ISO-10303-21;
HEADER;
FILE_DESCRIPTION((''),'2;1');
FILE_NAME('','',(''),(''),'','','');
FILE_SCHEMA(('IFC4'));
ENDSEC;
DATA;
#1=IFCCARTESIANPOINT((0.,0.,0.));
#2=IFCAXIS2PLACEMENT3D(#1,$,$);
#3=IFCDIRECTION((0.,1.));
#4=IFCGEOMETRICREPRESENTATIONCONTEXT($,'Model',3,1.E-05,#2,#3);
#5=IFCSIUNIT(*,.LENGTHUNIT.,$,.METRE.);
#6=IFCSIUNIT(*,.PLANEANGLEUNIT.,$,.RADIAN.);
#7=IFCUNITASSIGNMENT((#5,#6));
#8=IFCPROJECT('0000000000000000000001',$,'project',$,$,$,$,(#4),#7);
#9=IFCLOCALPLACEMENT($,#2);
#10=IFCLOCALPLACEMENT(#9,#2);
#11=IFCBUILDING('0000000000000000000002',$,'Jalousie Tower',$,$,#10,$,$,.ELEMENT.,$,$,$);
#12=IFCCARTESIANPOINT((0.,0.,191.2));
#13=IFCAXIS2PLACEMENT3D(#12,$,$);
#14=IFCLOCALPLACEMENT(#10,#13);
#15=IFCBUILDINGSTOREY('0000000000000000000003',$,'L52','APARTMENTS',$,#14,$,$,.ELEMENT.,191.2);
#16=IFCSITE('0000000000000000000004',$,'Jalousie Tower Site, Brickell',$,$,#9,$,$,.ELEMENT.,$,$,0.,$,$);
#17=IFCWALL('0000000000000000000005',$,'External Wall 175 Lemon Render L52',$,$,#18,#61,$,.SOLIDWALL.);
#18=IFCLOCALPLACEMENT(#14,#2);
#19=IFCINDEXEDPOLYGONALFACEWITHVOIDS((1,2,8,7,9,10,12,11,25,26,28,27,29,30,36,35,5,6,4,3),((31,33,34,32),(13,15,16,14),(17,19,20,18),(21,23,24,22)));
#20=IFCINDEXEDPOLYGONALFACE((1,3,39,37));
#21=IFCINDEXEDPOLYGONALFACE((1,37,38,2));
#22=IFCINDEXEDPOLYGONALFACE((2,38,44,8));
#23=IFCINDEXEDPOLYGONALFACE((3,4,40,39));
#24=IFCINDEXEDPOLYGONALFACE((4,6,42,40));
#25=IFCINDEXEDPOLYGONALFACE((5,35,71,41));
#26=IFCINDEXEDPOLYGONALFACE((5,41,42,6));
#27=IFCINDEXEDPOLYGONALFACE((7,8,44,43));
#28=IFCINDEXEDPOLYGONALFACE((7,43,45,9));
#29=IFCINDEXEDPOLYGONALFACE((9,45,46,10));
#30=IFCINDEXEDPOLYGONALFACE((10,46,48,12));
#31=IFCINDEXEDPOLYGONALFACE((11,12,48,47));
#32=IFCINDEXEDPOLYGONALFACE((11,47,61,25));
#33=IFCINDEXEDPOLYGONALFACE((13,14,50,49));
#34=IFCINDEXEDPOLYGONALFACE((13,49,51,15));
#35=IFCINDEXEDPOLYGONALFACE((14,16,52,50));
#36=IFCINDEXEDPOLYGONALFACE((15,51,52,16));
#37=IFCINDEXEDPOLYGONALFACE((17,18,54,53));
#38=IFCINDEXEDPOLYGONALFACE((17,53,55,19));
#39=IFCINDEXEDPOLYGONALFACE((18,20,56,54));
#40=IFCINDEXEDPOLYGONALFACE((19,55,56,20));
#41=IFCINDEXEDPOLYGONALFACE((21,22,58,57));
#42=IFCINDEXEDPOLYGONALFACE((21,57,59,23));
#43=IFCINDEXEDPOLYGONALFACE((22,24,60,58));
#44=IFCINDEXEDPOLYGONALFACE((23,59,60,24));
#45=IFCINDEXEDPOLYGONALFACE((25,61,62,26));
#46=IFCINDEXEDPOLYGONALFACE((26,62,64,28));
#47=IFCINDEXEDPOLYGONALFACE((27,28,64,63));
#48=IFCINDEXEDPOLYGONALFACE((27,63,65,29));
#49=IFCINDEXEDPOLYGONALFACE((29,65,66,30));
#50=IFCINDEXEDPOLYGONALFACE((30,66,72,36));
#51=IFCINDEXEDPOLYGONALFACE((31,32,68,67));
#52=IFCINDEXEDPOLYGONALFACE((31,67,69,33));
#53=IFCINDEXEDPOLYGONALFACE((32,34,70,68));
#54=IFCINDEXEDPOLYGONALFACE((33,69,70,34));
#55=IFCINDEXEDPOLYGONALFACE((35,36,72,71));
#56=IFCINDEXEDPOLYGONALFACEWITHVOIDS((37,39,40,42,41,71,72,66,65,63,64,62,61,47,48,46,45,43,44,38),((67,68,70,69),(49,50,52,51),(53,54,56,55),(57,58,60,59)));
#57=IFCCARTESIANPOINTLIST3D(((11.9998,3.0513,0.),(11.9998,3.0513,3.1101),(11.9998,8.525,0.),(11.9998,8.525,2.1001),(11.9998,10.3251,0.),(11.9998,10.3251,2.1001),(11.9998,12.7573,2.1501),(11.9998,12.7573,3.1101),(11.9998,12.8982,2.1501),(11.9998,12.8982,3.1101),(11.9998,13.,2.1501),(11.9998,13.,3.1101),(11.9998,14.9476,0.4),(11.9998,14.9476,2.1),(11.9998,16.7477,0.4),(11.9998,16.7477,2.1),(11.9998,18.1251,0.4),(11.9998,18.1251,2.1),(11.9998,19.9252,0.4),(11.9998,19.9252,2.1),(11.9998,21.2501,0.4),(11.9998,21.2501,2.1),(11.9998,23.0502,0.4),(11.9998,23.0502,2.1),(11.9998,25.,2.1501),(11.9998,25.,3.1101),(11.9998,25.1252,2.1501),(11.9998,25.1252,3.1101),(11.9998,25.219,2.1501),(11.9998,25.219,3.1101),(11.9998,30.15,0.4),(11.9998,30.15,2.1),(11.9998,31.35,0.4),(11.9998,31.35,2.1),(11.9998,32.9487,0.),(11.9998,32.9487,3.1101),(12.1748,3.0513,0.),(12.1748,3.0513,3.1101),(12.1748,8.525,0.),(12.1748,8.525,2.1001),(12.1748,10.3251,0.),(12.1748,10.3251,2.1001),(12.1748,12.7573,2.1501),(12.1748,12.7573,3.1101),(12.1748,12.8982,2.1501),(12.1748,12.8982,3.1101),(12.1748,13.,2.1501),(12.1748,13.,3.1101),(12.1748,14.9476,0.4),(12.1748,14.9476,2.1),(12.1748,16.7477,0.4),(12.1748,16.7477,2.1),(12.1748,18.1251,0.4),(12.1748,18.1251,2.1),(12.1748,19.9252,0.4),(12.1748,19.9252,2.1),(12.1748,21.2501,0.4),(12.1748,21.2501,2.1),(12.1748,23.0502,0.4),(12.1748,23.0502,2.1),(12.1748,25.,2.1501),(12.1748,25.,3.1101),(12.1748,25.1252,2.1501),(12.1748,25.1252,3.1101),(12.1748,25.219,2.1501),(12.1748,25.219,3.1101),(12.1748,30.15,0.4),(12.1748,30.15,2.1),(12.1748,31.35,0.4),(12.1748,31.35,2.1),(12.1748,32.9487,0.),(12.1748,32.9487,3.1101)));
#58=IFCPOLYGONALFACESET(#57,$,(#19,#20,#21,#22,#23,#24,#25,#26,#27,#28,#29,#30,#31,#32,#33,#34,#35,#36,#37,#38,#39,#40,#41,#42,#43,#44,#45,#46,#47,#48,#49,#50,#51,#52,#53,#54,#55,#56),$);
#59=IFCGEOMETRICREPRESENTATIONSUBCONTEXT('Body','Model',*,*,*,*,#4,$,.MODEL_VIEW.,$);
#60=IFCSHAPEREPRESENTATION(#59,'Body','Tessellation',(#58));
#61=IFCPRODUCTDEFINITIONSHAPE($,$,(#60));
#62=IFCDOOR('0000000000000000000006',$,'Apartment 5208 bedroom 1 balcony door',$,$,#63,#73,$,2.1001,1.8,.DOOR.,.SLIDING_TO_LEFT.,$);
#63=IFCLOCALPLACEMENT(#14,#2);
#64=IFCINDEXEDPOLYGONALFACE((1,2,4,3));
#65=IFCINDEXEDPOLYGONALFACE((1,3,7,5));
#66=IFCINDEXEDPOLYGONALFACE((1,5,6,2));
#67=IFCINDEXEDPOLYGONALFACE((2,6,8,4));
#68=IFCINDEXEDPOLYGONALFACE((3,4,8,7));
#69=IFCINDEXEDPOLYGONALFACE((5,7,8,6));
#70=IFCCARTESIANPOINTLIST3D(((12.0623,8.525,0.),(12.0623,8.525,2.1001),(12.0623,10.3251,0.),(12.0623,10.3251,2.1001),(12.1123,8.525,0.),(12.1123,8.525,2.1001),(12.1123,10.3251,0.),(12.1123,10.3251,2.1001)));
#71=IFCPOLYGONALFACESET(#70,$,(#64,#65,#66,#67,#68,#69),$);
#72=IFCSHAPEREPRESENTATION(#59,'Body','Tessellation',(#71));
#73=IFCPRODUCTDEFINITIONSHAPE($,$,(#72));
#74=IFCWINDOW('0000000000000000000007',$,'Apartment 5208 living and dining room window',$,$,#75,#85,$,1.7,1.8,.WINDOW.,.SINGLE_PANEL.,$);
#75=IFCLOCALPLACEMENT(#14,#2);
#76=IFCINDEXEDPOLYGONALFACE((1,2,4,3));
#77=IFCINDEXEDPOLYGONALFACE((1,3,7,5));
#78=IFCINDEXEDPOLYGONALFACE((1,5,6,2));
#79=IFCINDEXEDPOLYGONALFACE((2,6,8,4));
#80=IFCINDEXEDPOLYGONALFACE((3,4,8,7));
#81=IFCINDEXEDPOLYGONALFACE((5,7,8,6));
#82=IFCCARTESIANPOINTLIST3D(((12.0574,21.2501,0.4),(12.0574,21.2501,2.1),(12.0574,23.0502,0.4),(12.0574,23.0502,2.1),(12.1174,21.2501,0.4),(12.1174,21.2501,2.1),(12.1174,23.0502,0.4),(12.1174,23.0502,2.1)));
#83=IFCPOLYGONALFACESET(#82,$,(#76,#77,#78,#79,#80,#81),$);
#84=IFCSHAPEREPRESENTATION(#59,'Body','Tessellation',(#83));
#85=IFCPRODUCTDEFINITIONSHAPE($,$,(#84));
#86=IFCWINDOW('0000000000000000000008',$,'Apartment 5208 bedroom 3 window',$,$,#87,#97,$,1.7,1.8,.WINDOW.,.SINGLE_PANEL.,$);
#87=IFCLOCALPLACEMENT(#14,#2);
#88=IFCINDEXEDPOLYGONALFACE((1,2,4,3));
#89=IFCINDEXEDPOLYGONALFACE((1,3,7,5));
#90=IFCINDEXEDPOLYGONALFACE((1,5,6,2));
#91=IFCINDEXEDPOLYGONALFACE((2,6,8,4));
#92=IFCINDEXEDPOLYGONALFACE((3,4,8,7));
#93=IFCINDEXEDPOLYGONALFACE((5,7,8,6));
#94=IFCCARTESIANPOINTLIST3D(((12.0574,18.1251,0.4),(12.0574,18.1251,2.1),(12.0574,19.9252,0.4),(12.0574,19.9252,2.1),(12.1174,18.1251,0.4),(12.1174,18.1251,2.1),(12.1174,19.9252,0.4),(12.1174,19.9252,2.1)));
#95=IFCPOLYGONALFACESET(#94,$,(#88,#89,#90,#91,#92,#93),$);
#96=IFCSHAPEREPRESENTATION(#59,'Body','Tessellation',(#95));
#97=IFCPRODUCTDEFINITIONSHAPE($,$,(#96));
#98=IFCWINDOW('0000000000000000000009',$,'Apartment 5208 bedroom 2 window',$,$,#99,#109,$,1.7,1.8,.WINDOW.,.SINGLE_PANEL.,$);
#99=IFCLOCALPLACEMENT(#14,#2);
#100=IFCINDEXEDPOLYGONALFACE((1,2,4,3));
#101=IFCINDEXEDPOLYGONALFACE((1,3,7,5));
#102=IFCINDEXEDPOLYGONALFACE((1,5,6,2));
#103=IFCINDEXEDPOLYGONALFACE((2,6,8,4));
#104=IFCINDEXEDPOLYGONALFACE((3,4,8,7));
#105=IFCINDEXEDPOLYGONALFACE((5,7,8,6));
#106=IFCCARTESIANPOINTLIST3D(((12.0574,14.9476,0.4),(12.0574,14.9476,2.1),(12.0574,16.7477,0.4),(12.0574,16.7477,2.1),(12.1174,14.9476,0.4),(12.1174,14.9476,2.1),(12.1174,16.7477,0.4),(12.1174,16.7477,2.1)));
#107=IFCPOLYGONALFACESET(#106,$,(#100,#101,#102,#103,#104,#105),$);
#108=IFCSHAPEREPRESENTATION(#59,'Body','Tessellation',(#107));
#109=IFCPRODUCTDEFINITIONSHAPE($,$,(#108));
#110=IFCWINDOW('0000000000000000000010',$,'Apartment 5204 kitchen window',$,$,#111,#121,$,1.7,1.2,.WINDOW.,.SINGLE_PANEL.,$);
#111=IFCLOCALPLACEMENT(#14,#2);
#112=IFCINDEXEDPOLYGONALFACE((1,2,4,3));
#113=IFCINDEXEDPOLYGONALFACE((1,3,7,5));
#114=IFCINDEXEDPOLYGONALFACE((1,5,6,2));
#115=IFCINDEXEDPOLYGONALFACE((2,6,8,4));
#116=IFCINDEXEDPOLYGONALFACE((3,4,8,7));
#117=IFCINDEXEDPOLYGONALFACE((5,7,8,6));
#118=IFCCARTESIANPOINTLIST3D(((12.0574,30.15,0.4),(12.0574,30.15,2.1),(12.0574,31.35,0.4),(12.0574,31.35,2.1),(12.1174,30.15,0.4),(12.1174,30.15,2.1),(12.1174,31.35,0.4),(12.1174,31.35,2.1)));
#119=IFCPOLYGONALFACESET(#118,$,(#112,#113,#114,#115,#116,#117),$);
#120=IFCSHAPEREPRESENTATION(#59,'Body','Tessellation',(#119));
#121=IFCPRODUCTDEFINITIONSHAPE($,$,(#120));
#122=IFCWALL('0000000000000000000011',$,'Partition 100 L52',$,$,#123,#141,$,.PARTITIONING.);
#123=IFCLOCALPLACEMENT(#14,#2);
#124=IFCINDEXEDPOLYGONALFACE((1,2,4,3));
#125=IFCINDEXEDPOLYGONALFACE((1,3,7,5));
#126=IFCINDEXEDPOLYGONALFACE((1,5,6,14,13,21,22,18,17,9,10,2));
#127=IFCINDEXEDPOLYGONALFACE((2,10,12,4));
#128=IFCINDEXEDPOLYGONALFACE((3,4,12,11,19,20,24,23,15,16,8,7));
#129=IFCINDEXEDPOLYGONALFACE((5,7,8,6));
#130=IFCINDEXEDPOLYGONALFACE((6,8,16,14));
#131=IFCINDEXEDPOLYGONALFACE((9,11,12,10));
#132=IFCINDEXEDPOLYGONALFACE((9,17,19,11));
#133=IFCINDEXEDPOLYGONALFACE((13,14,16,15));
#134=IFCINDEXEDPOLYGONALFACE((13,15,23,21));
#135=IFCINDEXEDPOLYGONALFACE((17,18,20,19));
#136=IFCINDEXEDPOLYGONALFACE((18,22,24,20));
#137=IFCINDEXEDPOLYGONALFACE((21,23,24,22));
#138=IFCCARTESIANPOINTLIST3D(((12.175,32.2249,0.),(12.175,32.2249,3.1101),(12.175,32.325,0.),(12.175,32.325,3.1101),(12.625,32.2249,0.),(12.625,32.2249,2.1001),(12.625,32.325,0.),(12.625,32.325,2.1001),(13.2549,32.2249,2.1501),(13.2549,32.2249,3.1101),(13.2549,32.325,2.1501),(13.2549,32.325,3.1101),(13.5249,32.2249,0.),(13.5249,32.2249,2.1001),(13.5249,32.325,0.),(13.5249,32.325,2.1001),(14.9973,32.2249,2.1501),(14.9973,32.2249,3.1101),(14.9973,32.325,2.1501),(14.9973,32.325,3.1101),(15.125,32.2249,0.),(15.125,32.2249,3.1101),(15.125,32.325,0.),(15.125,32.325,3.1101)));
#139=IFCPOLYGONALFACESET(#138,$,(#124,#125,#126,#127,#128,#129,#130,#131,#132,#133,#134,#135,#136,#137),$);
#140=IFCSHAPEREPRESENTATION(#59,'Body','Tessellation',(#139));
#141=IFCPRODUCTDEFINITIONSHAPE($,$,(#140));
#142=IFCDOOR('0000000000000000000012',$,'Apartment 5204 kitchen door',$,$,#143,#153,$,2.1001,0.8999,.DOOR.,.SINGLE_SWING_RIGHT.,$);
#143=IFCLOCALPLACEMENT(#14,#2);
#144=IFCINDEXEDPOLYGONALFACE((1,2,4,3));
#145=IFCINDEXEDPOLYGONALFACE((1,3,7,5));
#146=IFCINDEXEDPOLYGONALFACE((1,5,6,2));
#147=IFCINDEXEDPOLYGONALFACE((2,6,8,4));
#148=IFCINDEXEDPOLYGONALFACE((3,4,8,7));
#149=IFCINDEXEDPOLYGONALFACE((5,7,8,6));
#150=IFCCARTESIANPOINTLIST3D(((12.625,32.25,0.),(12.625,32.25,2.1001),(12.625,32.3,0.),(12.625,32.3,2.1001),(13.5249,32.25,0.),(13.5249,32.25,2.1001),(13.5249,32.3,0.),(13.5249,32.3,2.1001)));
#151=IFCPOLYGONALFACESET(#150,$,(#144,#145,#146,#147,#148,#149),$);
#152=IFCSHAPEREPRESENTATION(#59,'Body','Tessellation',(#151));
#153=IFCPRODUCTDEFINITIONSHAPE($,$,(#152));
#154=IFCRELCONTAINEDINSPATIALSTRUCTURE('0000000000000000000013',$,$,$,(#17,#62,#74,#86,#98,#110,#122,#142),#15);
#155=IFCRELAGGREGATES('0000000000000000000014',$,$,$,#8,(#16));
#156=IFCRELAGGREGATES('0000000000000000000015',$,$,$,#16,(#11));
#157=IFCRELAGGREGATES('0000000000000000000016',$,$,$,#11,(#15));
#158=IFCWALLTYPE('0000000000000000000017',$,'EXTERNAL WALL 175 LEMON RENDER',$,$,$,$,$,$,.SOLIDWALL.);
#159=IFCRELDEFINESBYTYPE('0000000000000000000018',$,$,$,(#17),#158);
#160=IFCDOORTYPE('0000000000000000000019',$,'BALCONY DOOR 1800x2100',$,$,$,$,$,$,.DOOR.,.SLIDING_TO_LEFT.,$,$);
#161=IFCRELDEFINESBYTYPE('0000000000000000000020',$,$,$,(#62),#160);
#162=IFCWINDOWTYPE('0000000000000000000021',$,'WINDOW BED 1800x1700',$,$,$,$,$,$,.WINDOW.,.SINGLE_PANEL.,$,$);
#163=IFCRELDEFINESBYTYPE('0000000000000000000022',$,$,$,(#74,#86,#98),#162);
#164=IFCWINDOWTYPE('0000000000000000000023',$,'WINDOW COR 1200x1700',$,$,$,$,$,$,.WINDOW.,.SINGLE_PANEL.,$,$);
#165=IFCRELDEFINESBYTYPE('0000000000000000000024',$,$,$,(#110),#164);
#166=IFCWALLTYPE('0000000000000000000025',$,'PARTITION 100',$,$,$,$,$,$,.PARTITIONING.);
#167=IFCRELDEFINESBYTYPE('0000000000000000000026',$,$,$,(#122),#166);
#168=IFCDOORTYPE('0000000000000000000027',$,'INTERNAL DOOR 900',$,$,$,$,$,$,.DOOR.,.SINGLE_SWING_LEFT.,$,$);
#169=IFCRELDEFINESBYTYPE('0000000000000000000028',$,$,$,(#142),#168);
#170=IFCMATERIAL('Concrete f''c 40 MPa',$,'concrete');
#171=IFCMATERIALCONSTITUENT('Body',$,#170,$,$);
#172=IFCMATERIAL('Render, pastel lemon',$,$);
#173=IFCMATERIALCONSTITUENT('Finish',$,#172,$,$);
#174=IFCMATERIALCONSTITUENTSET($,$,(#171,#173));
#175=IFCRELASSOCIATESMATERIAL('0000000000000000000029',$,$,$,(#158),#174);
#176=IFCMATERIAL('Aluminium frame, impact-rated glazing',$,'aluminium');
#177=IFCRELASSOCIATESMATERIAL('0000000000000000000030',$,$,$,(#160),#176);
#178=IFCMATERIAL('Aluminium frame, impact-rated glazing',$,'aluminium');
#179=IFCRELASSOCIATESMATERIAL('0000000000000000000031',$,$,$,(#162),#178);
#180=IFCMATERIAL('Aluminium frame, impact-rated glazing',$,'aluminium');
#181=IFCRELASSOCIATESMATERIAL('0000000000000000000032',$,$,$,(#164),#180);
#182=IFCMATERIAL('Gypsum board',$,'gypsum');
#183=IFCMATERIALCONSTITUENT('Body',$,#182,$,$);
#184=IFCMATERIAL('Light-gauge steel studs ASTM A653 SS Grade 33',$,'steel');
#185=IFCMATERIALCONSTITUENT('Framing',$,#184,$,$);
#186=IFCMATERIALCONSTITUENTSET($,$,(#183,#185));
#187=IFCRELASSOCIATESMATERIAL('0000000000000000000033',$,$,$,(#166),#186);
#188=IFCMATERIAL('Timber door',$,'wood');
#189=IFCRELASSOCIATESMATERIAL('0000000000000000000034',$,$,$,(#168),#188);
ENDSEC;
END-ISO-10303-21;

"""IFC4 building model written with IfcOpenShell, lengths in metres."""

from ifc_helpers import new_model, si_unit, direction, frame, frame_2d, origin, place, context, subcontext, project, spatial, polyline, rectangle, outline, extrude, material, constituent, constituent_set, type_object, element, fill, save


model = new_model("IFC4")

# Units and contexts
model_context = context("Model", 3, precision=1e-05, world=origin(), true_north=direction((0.0, 1.0)))
body_context = subcontext(model_context, "Body", "Model", "MODEL_VIEW")
ifc_project = project(units=[si_unit("LENGTHUNIT", "METRE"), si_unit("PLANEANGLEUNIT", "RADIAN")], contexts=[model_context])

# Site, building, storey
site_placement = place(None, origin())
site = spatial("IfcSite", under=ifc_project, at=site_placement, Name="Jalousie Tower Site, Brickell", CompositionType="ELEMENT", RefElevation=0.0)
building_placement = place(site_placement, origin())
building = spatial("IfcBuilding", under=site, at=building_placement, Name="Jalousie Tower", CompositionType="ELEMENT")
storey_placement = place(building_placement, frame((0.0, 0.0, 191.2)))
storey = spatial("IfcBuildingStorey", under=building, at=storey_placement, Name="L52", Description="APARTMENTS", CompositionType="ELEMENT", Elevation=191.2)

# Wall, openings, door, windows
ifc_material_1 = material(Name="Concrete f'c 40 MPa", Category="concrete")
ifc_constituent_1 = constituent(ifc_material_1, Name="Body")
ifc_material_2 = material(Name="Render, pastel lemon")
ifc_constituent_2 = constituent(ifc_material_2, Name="Finish")
ifc_constituent_set_1 = constituent_set(constituents=[ifc_constituent_1, ifc_constituent_2])
wall_type_1 = type_object("IfcWallType", Name="EXTERNAL WALL 175 LEMON RENDER", PredefinedType="SOLIDWALL", material=ifc_constituent_set_1)
wall_1_placement = place(storey_placement, frame((12.0874, 32.9487, 0.0), z_axis=(0.0, 0.0, 1.0), x_axis=(0.0, -1.0, 0.0)))
wall_1 = element("IfcWall", 1, at=wall_1_placement, inside=storey, type_object=wall_type_1, Name="External Wall 175 Lemon Render L52", PredefinedType="SOLIDWALL", context=body_context, shape_type="SweptSolid", body=[
    extrude(outline(polyline([(0.0, 0.0), (29.8975, 0.0), (29.8975, 3.1101), (20.1914, 3.1101), (20.1914, 2.1501), (20.0505, 2.1501), (20.0505, 3.1101), (19.9487, 3.1101), (19.9487, 2.1501), (7.9487, 2.1501), (7.9487, 3.1101), (7.8235, 3.1101), (7.8235, 2.1501), (7.7297, 2.1501), (7.7297, 3.1101), (0.0, 3.1101), (0.0, 0.0)])), frame((0.0, 0.0874, 0.0), z_axis=(0.0, -1.0, 0.0), x_axis=(1.0, 0.0, 0.0)), (0.0, 0.0, 1.0), 0.175),
])
opening_1_placement = place(wall_1_placement, frame((1.5986, 0.0, 0.3999)))
opening_1 = element("IfcOpeningElement", 2, at=opening_1_placement, cuts=wall_1, PredefinedType="OPENING", context=body_context, shape_type="SweptSolid", body=[
    extrude(rectangle(XDim=1.2, YDim=1.7, at=frame_2d((0.6001, 0.8501))), frame((0.0, 0.0974, 0.0), z_axis=(0.0, -1.0, 0.0), x_axis=(1.0, 0.0, 0.0)), (0.0, 0.0, 1.0), 0.1951),
])
opening_2_placement = place(wall_1_placement, frame((9.8987, 0.0, 0.3999)))
opening_2 = element("IfcOpeningElement", 3, at=opening_2_placement, cuts=wall_1, PredefinedType="OPENING", context=body_context, shape_type="SweptSolid", body=[
    extrude(rectangle(XDim=1.8, YDim=1.7, at=frame_2d((0.8999, 0.8501))), frame((0.0, 0.0974, 0.0), z_axis=(0.0, -1.0, 0.0), x_axis=(1.0, 0.0, 0.0)), (0.0, 0.0, 1.0), 0.1951),
])
opening_3_placement = place(wall_1_placement, frame((13.0237, 0.0, 0.3999)))
opening_3 = element("IfcOpeningElement", 4, at=opening_3_placement, cuts=wall_1, PredefinedType="OPENING", context=body_context, shape_type="SweptSolid", body=[
    extrude(rectangle(XDim=1.8, YDim=1.7, at=frame_2d((0.8999, 0.8501))), frame((0.0, 0.0974, 0.0), z_axis=(0.0, -1.0, 0.0), x_axis=(1.0, 0.0, 0.0)), (0.0, 0.0, 1.0), 0.1951),
])
opening_4_placement = place(wall_1_placement, frame((16.2012, 0.0, 0.3999)))
opening_4 = element("IfcOpeningElement", 5, at=opening_4_placement, cuts=wall_1, PredefinedType="OPENING", context=body_context, shape_type="SweptSolid", body=[
    extrude(rectangle(XDim=1.8, YDim=1.7, at=frame_2d((0.8999, 0.8501))), frame((0.0, 0.0974, 0.0), z_axis=(0.0, -1.0, 0.0), x_axis=(1.0, 0.0, 0.0)), (0.0, 0.0, 1.0), 0.1951),
])
opening_5_placement = place(wall_1_placement, frame((22.6238, 0.0, 0.0)))
opening_5 = element("IfcOpeningElement", 6, at=opening_5_placement, cuts=wall_1, PredefinedType="OPENING", context=body_context, shape_type="SweptSolid", body=[
    extrude(rectangle(XDim=1.8, YDim=2.1001, at=frame_2d((0.8999, 1.05))), frame((0.0, 0.0974, 0.0), z_axis=(0.0, -1.0, 0.0), x_axis=(1.0, 0.0, 0.0)), (0.0, 0.0, 1.0), 0.1951),
])
ifc_material_3 = material(Name="Aluminium frame, impact-rated glazing", Category="aluminium")
door_type_1 = type_object("IfcDoorType", Name="BALCONY DOOR 1800x2100", OperationType="SLIDING_TO_LEFT", PredefinedType="DOOR", material=ifc_material_3)
door_1_placement = place(opening_5_placement, origin())
door_1 = element("IfcDoor", 7, at=door_1_placement, inside=storey, type_object=door_type_1, Name="Apartment 5208 bedroom 1 balcony door", OperationType="SLIDING_TO_LEFT", OverallHeight=2.1001, OverallWidth=1.8, PredefinedType="DOOR", context=body_context, shape_type="SweptSolid", body=[
    extrude(rectangle(XDim=1.8, YDim=2.1001, at=frame_2d((0.8999, 1.05))), frame((0.0, 0.0249, 0.0), z_axis=(0.0, -1.0, 0.0), x_axis=(1.0, 0.0, 0.0)), (0.0, 0.0, 1.0), 0.05),
])
fill(opening_5, door_1)
ifc_material_4 = material(Name="Aluminium frame, impact-rated glazing", Category="aluminium")
window_type_1 = type_object("IfcWindowType", Name="WINDOW BED 1800x1700", PartitioningType="SINGLE_PANEL", PredefinedType="WINDOW", material=ifc_material_4)
window_1_placement = place(opening_2_placement, origin())
window_1 = element("IfcWindow", 8, at=window_1_placement, inside=storey, type_object=window_type_1, Name="Apartment 5208 living and dining room window", OverallHeight=1.7, OverallWidth=1.8, PartitioningType="SINGLE_PANEL", PredefinedType="WINDOW", context=body_context, shape_type="SweptSolid", body=[
    extrude(rectangle(XDim=1.8, YDim=1.7, at=frame_2d((0.8999, 0.8501))), frame((0.0, 0.03, 0.0), z_axis=(0.0, -1.0, 0.0), x_axis=(1.0, 0.0, 0.0)), (0.0, 0.0, 1.0), 0.0601),
])
fill(opening_2, window_1)
window_2_placement = place(opening_3_placement, origin())
window_2 = element("IfcWindow", 9, at=window_2_placement, inside=storey, type_object=window_type_1, Name="Apartment 5208 bedroom 3 window", OverallHeight=1.7, OverallWidth=1.8, PartitioningType="SINGLE_PANEL", PredefinedType="WINDOW", context=body_context, shape_type="SweptSolid", body=[
    extrude(rectangle(XDim=1.8, YDim=1.7, at=frame_2d((0.8999, 0.8501))), frame((0.0, 0.03, 0.0), z_axis=(0.0, -1.0, 0.0), x_axis=(1.0, 0.0, 0.0)), (0.0, 0.0, 1.0), 0.0601),
])
fill(opening_3, window_2)
window_3_placement = place(opening_4_placement, origin())
window_3 = element("IfcWindow", 10, at=window_3_placement, inside=storey, type_object=window_type_1, Name="Apartment 5208 bedroom 2 window", OverallHeight=1.7, OverallWidth=1.8, PartitioningType="SINGLE_PANEL", PredefinedType="WINDOW", context=body_context, shape_type="SweptSolid", body=[
    extrude(rectangle(XDim=1.8, YDim=1.7, at=frame_2d((0.8999, 0.8501))), frame((0.0, 0.03, 0.0), z_axis=(0.0, -1.0, 0.0), x_axis=(1.0, 0.0, 0.0)), (0.0, 0.0, 1.0), 0.0601),
])
fill(opening_4, window_3)
ifc_material_5 = material(Name="Aluminium frame, impact-rated glazing", Category="aluminium")
window_type_2 = type_object("IfcWindowType", Name="WINDOW COR 1200x1700", PartitioningType="SINGLE_PANEL", PredefinedType="WINDOW", material=ifc_material_5)
window_4_placement = place(opening_1_placement, origin())
window_4 = element("IfcWindow", 11, at=window_4_placement, inside=storey, type_object=window_type_2, Name="Apartment 5204 kitchen window", OverallHeight=1.7, OverallWidth=1.2, PartitioningType="SINGLE_PANEL", PredefinedType="WINDOW", context=body_context, shape_type="SweptSolid", body=[
    extrude(rectangle(XDim=1.2, YDim=1.7, at=frame_2d((0.6001, 0.8501))), frame((0.0, 0.03, 0.0), z_axis=(0.0, -1.0, 0.0), x_axis=(1.0, 0.0, 0.0)), (0.0, 0.0, 1.0), 0.0601),
])
fill(opening_1, window_4)

# Wall, opening, door
ifc_material_6 = material(Name="Gypsum board", Category="gypsum")
ifc_constituent_3 = constituent(ifc_material_6, Name="Body")
ifc_material_7 = material(Name="Light-gauge steel studs ASTM A653 SS Grade 33", Category="steel")
ifc_constituent_4 = constituent(ifc_material_7, Name="Framing")
ifc_constituent_set_2 = constituent_set(constituents=[ifc_constituent_3, ifc_constituent_4])
wall_type_2 = type_object("IfcWallType", Name="PARTITION 100", PredefinedType="PARTITIONING", material=ifc_constituent_set_2)
wall_2_placement = place(storey_placement, frame((12.175, 32.2749, 0.0), z_axis=(0.0, 0.0, 1.0), x_axis=(1.0, 0.0, 0.0)))
wall_2 = element("IfcWall", 12, at=wall_2_placement, inside=storey, type_object=wall_type_2, Name="Partition 100 L52", PredefinedType="PARTITIONING", context=body_context, shape_type="SweptSolid", body=[
    extrude(outline(polyline([(0.0, 0.0), (2.95, 0.0), (2.95, 3.1101), (2.8223, 3.1101), (2.8223, 2.1501), (1.0798, 2.1501), (1.0798, 3.1101), (0.0, 3.1101), (0.0, 0.0)])), frame((0.0, 0.05, 0.0), z_axis=(0.0, -1.0, 0.0), x_axis=(1.0, 0.0, 0.0)), (0.0, 0.0, 1.0), 0.1001),
])
opening_6_placement = place(wall_2_placement, frame((0.45, 0.0, 0.0)))
opening_6 = element("IfcOpeningElement", 13, at=opening_6_placement, cuts=wall_2, PredefinedType="OPENING", context=body_context, shape_type="SweptSolid", body=[
    extrude(rectangle(XDim=0.8999, YDim=2.1001, at=frame_2d((0.45, 1.05))), frame((0.0, 0.0601, 0.0), z_axis=(0.0, -1.0, 0.0), x_axis=(1.0, 0.0, 0.0)), (0.0, 0.0, 1.0), 0.1201),
])
ifc_material_8 = material(Name="Timber door", Category="wood")
door_type_2 = type_object("IfcDoorType", Name="INTERNAL DOOR 900", OperationType="SINGLE_SWING_LEFT", PredefinedType="DOOR", material=ifc_material_8)
door_2_placement = place(opening_6_placement, frame((0.8999, 0.0, 0.0), z_axis=(0.0, 0.0, 1.0), x_axis=(-1.0, 0.0, 0.0)))
door_2 = element("IfcDoor", 14, at=door_2_placement, inside=storey, type_object=door_type_2, Name="Apartment 5204 kitchen door", OperationType="SINGLE_SWING_RIGHT", OverallHeight=2.1001, OverallWidth=0.8999, PredefinedType="DOOR", context=body_context, shape_type="SweptSolid", body=[
    extrude(rectangle(XDim=0.8999, YDim=2.1001, at=frame_2d((0.45, 1.05))), frame((0.0, 0.0249, 0.0), z_axis=(0.0, -1.0, 0.0), x_axis=(1.0, 0.0, 0.0)), (0.0, 0.0, 1.0), 0.05),
])
fill(opening_6, door_2)

save(model, "model.ifc")
